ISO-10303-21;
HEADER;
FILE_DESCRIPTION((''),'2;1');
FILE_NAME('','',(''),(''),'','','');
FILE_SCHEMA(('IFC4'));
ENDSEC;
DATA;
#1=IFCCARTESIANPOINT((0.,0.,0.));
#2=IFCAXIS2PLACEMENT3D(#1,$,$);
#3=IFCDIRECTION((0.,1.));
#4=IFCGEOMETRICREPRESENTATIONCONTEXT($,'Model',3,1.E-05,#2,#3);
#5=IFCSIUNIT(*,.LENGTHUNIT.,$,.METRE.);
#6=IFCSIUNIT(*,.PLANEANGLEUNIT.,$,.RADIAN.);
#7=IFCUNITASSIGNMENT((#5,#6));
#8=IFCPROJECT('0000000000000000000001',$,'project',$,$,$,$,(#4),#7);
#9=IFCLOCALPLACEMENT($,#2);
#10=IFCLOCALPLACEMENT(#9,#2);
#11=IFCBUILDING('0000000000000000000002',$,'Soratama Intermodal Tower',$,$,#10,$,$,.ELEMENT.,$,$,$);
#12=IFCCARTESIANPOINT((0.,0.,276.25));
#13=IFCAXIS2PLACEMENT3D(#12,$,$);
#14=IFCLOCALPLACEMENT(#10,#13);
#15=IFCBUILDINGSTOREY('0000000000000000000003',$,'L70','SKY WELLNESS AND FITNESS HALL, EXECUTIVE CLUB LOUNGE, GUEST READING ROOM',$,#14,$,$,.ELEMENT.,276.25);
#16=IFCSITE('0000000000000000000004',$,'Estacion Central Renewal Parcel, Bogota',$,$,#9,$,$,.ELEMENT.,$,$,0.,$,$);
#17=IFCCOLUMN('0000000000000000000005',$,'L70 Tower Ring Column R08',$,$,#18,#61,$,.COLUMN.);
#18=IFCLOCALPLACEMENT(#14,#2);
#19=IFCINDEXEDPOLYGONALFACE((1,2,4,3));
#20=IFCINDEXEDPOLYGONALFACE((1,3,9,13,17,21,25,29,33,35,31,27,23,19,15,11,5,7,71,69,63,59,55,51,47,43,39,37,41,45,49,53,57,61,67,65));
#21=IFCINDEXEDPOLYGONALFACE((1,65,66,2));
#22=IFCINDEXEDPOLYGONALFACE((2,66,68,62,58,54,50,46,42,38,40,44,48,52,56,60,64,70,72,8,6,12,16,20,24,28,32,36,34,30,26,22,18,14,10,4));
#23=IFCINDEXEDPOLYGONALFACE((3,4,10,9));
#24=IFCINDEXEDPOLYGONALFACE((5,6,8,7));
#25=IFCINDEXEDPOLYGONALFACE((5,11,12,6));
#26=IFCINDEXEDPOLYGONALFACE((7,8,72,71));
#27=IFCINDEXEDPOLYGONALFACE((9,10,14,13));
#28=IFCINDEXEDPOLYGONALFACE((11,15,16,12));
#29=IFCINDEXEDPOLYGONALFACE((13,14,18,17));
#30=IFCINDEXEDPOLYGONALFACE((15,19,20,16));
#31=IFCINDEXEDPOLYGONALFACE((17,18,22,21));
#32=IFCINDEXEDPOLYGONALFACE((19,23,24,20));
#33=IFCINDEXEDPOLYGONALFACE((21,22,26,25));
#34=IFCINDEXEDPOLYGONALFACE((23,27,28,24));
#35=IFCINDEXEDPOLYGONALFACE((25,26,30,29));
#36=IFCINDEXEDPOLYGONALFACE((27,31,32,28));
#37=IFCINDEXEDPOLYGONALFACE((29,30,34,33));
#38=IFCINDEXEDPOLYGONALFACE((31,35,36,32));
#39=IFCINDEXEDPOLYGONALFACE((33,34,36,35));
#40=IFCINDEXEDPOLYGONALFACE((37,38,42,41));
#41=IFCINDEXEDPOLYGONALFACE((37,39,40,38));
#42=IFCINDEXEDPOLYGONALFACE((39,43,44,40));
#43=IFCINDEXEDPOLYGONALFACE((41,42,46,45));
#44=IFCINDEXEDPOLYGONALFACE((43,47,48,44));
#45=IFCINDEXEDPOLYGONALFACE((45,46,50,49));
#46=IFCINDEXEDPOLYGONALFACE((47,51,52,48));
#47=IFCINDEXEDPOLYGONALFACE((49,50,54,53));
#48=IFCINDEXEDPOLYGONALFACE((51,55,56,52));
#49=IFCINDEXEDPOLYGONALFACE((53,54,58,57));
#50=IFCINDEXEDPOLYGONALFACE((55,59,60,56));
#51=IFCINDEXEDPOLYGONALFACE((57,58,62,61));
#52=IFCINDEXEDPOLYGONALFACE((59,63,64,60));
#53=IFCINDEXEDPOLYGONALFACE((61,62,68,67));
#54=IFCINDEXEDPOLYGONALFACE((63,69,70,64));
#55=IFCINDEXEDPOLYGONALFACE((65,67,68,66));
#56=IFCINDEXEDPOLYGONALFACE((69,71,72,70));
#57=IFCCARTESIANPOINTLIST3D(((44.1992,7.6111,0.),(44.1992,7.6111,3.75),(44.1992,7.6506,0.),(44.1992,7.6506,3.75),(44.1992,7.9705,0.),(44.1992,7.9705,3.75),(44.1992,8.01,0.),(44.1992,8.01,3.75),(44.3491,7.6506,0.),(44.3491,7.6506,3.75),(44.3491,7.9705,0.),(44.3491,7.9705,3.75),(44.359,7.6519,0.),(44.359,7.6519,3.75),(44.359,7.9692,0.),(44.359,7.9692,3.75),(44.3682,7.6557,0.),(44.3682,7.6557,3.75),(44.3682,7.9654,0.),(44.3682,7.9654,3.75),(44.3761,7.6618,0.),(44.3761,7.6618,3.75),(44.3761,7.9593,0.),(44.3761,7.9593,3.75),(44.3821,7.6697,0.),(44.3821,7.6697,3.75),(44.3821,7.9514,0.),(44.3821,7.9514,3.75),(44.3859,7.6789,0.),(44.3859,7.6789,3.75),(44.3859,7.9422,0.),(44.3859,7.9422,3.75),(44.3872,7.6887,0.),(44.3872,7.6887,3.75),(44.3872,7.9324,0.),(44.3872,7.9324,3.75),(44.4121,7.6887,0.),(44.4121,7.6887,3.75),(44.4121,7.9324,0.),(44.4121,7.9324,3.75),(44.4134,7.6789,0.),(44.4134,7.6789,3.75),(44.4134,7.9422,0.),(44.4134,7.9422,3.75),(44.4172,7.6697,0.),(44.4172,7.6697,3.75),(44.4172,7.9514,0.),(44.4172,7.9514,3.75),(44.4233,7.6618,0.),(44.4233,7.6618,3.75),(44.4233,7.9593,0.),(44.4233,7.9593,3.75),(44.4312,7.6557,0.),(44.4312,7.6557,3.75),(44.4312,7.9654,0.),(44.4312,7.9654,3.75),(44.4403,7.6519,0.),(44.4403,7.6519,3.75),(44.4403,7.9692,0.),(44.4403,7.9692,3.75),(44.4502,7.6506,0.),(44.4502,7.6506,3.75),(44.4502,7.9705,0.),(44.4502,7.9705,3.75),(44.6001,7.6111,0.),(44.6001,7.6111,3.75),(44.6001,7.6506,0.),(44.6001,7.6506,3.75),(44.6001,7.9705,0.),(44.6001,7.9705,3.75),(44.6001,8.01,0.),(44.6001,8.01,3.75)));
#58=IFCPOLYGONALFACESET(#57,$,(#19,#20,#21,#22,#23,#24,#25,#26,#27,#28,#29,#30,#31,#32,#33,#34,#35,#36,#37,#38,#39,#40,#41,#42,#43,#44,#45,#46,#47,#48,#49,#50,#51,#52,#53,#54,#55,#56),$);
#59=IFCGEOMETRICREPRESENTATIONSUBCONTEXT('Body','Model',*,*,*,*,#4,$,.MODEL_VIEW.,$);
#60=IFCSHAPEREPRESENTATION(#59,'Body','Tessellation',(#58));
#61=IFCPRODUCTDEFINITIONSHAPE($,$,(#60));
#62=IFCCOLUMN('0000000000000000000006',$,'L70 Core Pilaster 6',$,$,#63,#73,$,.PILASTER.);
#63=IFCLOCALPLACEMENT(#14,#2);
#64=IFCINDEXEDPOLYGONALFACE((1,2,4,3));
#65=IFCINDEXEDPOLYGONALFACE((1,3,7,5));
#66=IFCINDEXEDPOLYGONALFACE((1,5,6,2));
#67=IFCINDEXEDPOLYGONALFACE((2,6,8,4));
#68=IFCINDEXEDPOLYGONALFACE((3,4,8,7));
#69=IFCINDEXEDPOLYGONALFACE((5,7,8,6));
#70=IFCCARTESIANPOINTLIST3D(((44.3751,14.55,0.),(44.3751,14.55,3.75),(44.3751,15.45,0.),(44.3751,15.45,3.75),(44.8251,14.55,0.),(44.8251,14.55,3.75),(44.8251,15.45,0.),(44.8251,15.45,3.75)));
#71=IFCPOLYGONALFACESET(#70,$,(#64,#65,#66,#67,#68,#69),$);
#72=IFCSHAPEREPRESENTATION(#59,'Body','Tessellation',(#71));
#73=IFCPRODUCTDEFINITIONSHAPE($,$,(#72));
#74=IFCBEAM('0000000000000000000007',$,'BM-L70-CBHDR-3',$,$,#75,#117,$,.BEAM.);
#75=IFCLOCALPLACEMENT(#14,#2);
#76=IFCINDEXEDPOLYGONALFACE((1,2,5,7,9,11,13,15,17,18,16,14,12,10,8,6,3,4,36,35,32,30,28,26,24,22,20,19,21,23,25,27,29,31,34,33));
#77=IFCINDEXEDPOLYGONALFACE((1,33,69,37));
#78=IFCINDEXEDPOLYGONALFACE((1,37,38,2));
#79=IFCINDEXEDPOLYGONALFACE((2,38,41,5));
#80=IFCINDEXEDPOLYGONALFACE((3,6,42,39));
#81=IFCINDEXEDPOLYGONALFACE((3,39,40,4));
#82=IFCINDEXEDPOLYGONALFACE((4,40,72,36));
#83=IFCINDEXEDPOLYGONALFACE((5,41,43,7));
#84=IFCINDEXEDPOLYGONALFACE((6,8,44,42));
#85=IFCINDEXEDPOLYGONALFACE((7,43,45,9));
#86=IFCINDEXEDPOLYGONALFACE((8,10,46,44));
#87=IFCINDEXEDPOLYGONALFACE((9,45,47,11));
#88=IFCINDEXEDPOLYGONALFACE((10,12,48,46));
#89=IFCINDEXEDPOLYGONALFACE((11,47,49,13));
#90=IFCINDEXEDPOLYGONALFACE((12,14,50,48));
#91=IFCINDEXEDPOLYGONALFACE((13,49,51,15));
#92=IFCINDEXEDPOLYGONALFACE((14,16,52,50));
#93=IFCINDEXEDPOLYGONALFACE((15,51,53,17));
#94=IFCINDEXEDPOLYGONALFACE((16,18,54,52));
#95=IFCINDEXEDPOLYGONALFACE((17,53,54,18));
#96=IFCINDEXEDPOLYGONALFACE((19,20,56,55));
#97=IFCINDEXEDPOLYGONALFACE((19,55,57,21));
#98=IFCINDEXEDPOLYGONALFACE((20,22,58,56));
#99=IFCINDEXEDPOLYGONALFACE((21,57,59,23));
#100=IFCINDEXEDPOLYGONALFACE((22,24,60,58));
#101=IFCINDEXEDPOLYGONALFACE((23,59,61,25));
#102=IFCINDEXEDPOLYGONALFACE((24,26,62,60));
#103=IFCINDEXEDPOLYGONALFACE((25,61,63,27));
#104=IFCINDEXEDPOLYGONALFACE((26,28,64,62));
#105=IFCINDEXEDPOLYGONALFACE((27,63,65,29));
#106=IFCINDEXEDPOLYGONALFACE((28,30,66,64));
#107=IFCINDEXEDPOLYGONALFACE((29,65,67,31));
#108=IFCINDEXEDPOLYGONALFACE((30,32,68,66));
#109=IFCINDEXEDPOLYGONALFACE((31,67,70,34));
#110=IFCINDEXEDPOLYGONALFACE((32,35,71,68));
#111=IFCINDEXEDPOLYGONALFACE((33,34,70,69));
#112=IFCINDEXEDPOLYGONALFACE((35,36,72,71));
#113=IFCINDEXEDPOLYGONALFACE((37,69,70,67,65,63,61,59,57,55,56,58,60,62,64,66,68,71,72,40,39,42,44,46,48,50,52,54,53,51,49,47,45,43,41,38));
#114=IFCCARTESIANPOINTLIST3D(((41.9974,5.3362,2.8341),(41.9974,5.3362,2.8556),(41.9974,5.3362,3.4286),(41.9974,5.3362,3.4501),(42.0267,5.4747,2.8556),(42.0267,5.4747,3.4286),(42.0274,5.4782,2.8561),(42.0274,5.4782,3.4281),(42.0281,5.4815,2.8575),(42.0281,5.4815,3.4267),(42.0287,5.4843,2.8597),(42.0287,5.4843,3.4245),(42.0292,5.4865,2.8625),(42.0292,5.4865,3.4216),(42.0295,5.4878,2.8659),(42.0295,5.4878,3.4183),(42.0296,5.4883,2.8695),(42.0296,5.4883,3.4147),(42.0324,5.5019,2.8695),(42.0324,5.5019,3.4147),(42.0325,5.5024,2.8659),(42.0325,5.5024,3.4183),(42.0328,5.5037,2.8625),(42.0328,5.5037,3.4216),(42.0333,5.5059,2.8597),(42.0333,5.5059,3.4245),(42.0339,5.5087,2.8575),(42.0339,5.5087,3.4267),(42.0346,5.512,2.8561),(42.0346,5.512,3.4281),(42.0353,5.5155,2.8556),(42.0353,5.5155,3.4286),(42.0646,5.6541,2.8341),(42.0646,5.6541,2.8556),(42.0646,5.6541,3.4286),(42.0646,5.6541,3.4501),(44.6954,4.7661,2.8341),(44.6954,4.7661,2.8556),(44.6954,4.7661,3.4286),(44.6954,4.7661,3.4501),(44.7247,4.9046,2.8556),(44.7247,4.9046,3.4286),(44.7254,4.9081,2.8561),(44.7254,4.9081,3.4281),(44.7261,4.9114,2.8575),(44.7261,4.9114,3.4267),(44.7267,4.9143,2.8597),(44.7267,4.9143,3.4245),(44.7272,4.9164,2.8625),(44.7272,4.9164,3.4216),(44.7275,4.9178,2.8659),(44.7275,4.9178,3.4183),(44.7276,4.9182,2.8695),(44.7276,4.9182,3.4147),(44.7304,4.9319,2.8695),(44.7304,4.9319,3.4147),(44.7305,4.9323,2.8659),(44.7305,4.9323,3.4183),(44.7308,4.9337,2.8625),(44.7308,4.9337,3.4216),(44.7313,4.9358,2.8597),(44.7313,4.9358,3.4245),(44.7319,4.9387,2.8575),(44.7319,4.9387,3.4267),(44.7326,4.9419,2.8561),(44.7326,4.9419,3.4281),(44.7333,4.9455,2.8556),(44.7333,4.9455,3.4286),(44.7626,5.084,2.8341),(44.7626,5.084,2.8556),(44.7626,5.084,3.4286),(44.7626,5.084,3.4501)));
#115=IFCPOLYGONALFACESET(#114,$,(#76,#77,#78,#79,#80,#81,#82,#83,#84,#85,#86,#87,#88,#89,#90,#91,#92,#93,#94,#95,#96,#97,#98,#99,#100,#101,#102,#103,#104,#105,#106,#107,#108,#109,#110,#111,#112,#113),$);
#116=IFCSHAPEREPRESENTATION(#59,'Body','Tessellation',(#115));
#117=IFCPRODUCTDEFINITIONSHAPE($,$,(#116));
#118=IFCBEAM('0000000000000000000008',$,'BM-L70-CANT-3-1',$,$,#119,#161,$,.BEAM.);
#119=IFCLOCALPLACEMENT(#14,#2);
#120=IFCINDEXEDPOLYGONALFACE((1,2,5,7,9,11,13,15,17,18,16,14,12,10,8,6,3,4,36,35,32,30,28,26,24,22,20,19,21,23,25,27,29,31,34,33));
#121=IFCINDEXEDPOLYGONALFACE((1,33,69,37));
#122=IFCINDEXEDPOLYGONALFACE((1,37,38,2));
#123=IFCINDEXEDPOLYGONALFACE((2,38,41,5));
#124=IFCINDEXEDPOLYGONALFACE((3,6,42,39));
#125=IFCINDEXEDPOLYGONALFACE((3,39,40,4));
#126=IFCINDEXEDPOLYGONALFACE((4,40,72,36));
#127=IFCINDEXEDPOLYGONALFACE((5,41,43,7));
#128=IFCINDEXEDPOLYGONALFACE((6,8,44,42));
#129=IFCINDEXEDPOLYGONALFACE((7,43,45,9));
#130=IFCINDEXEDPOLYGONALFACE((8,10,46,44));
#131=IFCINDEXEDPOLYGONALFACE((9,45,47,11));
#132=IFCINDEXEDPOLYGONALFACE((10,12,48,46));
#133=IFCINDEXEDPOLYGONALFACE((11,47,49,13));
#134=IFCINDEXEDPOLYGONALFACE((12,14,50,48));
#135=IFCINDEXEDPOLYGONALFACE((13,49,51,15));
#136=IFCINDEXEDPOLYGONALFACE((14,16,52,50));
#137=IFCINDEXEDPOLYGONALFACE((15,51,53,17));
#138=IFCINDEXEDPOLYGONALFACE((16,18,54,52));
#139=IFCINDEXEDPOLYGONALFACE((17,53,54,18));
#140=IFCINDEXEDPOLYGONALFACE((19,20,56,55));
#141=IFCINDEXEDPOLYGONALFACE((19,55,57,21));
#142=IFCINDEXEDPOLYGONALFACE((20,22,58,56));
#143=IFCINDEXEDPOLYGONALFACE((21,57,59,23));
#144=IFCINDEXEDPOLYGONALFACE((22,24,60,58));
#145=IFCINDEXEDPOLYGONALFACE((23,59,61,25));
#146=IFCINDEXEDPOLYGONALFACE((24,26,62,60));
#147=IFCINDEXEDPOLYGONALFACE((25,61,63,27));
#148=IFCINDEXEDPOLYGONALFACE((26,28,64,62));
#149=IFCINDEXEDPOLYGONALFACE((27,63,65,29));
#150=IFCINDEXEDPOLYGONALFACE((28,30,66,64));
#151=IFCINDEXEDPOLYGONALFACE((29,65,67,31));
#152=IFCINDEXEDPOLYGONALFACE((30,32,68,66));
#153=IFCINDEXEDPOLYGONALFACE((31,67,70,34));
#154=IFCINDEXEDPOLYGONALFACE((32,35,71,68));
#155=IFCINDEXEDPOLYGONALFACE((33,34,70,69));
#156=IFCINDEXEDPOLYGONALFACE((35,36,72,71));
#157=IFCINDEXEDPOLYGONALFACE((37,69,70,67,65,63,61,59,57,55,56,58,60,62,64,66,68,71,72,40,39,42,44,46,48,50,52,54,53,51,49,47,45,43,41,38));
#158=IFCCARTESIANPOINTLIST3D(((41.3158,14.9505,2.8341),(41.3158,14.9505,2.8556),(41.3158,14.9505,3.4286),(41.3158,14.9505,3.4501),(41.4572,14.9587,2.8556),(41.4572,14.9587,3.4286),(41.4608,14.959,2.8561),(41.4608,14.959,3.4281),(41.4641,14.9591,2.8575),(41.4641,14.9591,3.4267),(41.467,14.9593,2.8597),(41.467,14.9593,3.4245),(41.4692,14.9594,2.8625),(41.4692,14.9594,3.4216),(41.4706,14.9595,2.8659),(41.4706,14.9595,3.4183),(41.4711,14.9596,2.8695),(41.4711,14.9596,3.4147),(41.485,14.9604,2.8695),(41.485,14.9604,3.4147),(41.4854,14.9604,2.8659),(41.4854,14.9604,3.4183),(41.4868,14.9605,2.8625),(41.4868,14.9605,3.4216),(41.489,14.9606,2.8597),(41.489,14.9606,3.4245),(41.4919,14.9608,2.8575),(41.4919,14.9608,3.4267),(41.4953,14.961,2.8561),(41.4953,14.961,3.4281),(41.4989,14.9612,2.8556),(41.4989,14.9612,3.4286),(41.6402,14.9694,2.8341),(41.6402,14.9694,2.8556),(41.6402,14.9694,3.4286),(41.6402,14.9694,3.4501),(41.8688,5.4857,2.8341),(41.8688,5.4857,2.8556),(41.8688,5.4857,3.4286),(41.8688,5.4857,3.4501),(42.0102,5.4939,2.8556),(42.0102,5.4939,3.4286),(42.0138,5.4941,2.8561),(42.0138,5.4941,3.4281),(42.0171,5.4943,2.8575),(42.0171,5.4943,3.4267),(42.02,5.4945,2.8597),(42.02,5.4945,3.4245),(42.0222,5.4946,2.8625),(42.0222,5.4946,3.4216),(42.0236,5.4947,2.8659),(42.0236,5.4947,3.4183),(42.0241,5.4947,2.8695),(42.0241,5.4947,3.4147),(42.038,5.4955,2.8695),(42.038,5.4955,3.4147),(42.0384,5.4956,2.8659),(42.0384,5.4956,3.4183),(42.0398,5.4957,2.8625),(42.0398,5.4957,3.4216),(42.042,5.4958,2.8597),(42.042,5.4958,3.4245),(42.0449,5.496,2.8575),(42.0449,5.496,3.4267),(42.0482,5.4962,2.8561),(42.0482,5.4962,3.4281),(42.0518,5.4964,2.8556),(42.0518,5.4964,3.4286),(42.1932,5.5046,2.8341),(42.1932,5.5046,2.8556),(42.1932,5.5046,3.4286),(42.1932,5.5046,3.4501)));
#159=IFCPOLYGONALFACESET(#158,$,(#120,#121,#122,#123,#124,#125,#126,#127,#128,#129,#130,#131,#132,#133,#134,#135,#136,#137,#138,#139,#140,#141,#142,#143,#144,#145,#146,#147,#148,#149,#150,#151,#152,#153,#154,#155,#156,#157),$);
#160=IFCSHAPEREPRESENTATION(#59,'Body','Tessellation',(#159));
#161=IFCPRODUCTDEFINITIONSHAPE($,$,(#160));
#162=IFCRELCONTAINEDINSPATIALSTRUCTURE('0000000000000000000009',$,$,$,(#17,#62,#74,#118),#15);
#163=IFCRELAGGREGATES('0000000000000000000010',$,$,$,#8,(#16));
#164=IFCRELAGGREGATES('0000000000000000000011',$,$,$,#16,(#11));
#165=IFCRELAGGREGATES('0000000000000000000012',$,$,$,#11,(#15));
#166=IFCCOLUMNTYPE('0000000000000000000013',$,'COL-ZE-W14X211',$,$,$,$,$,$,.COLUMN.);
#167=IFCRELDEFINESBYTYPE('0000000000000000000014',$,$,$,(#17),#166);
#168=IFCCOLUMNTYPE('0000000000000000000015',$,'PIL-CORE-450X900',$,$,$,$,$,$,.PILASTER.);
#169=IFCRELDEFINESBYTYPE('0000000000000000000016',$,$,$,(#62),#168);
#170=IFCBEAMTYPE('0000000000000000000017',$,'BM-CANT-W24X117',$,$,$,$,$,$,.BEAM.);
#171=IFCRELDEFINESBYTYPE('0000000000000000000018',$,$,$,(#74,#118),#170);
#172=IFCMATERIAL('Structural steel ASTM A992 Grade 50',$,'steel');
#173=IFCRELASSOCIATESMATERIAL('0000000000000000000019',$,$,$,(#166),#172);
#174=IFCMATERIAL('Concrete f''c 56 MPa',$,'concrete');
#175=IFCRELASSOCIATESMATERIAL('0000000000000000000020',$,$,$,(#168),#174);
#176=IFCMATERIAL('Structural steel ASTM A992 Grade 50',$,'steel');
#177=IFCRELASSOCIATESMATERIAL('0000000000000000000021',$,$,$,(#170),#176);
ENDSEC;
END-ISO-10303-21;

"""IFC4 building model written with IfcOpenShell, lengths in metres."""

from ifc_helpers import new_model, si_unit, direction, frame, origin, origin_2d, place, context, subcontext, project, spatial, rectangle, i_section, extrude, material, material_profile, profile_set, type_object, element, save


model = new_model("IFC4")

# Units and contexts
model_context = context("Model", 3, precision=1e-05, world=origin(), true_north=direction((0.0, 1.0)))
body_context = subcontext(model_context, "Body", "Model", "MODEL_VIEW")
ifc_project = project(units=[si_unit("LENGTHUNIT", "METRE"), si_unit("PLANEANGLEUNIT", "RADIAN")], contexts=[model_context])

# Site, building, storey
site_placement = place(None, origin())
site = spatial("IfcSite", under=ifc_project, at=site_placement, Name="Estacion Central Renewal Parcel, Bogota", CompositionType="ELEMENT", RefElevation=0.0)
building_placement = place(site_placement, origin())
building = spatial("IfcBuilding", under=site, at=building_placement, Name="Soratama Intermodal Tower", CompositionType="ELEMENT")
storey_placement = place(building_placement, frame((0.0, 0.0, 276.25)))
storey = spatial("IfcBuildingStorey", under=building, at=storey_placement, Name="L70", Description="SKY WELLNESS AND FITNESS HALL, EXECUTIVE CLUB LOUNGE, GUEST READING ROOM", CompositionType="ELEMENT", Elevation=276.25)

# Columns
ifc_material_1 = material(Name="Structural steel ASTM A992 Grade 50", Category="steel")
ifc_material_profile_1 = material_profile(ifc_material_1, i_section(OverallWidth=0.4009, OverallDepth=0.3989, WebThickness=0.0249, FlangeThickness=0.0396, FilletRadius=0.0381, at=origin_2d()), Name="W14X211")
ifc_profile_set_1 = profile_set([ifc_material_profile_1], Name="Structural steel ASTM A992 Grade 50")
column_type_1 = type_object("IfcColumnType", Name="COL-ZE-W14X211", PredefinedType="COLUMN", material=ifc_profile_set_1)
column_1_placement = place(storey_placement, frame((44.3997, 7.8105, 0.0), z_axis=(0.0, 0.0, 1.0), x_axis=(1.0, 0.0, 0.0)))
element("IfcColumn", 1, at=column_1_placement, inside=storey, type_object=column_type_1, Name="L70 Tower Ring Column R08", PredefinedType="COLUMN", context=body_context, shape_type="SweptSolid", body=[
    extrude(i_section(OverallWidth=0.4009, OverallDepth=0.3989, WebThickness=0.0249, FlangeThickness=0.0396, FilletRadius=0.0381, at=origin_2d()), origin(), (0.0, 0.0, 1.0), 3.75),
])
ifc_material_2 = material(Name="Concrete f'c 56 MPa", Category="concrete")
ifc_material_profile_2 = material_profile(ifc_material_2, rectangle(XDim=0.45, YDim=0.8999, at=origin_2d()), Name="RC450X900")
ifc_profile_set_2 = profile_set([ifc_material_profile_2], Name="Concrete f'c 56 MPa")
column_type_2 = type_object("IfcColumnType", Name="PIL-CORE-450X900", PredefinedType="PILASTER", material=ifc_profile_set_2)
column_2_placement = place(storey_placement, frame((44.6001, 15.0, 0.0), z_axis=(0.0, 0.0, 1.0), x_axis=(1.0, 0.0, 0.0)))
element("IfcColumn", 2, at=column_2_placement, inside=storey, type_object=column_type_2, Name="L70 Core Pilaster 6", PredefinedType="PILASTER", context=body_context, shape_type="SweptSolid", body=[
    extrude(rectangle(XDim=0.45, YDim=0.8999, at=origin_2d()), origin(), (0.0, 0.0, 1.0), 3.75),
])

# Beams
ifc_material_3 = material(Name="Structural steel ASTM A992 Grade 50", Category="steel")
ifc_material_profile_3 = material_profile(ifc_material_3, i_section(OverallWidth=0.325, OverallDepth=0.616, WebThickness=0.0139, FlangeThickness=0.0215, FilletRadius=0.0139, at=origin_2d()), Name="W24X117")
ifc_profile_set_3 = profile_set([ifc_material_profile_3], Name="Structural steel ASTM A992 Grade 50")
beam_type_1 = type_object("IfcBeamType", Name="BM-CANT-W24X117", PredefinedType="BEAM", material=ifc_profile_set_3)
beam_1_placement = place(storey_placement, frame((42.031, 5.4951, 3.1421), z_axis=(0.978398, -0.206729, 0.0), x_axis=(0.206729, 0.978398, 0.0)))
element("IfcBeam", 3, at=beam_1_placement, inside=storey, type_object=beam_type_1, Name="BM-L70-CBHDR-3", PredefinedType="BEAM", context=body_context, shape_type="SweptSolid", body=[
    extrude(i_section(OverallWidth=0.325, OverallDepth=0.616, WebThickness=0.0139, FlangeThickness=0.0215, FilletRadius=0.0139, at=origin_2d()), origin(), (0.0, 0.0, 1.0), 2.7576),
])
beam_2_placement = place(storey_placement, frame((41.478, 14.96, 3.1421), z_axis=(0.058325, -0.998298, 0.0), x_axis=(0.998298, 0.058325, 0.0)))
element("IfcBeam", 4, at=beam_2_placement, inside=storey, type_object=beam_type_1, Name="BM-L70-CANT-3-1", PredefinedType="BEAM", context=body_context, shape_type="SweptSolid", body=[
    extrude(i_section(OverallWidth=0.325, OverallDepth=0.616, WebThickness=0.0139, FlangeThickness=0.0215, FilletRadius=0.0139, at=origin_2d()), origin(), (0.0, 0.0, 1.0), 9.481),
])

save(model, "model.ifc")
